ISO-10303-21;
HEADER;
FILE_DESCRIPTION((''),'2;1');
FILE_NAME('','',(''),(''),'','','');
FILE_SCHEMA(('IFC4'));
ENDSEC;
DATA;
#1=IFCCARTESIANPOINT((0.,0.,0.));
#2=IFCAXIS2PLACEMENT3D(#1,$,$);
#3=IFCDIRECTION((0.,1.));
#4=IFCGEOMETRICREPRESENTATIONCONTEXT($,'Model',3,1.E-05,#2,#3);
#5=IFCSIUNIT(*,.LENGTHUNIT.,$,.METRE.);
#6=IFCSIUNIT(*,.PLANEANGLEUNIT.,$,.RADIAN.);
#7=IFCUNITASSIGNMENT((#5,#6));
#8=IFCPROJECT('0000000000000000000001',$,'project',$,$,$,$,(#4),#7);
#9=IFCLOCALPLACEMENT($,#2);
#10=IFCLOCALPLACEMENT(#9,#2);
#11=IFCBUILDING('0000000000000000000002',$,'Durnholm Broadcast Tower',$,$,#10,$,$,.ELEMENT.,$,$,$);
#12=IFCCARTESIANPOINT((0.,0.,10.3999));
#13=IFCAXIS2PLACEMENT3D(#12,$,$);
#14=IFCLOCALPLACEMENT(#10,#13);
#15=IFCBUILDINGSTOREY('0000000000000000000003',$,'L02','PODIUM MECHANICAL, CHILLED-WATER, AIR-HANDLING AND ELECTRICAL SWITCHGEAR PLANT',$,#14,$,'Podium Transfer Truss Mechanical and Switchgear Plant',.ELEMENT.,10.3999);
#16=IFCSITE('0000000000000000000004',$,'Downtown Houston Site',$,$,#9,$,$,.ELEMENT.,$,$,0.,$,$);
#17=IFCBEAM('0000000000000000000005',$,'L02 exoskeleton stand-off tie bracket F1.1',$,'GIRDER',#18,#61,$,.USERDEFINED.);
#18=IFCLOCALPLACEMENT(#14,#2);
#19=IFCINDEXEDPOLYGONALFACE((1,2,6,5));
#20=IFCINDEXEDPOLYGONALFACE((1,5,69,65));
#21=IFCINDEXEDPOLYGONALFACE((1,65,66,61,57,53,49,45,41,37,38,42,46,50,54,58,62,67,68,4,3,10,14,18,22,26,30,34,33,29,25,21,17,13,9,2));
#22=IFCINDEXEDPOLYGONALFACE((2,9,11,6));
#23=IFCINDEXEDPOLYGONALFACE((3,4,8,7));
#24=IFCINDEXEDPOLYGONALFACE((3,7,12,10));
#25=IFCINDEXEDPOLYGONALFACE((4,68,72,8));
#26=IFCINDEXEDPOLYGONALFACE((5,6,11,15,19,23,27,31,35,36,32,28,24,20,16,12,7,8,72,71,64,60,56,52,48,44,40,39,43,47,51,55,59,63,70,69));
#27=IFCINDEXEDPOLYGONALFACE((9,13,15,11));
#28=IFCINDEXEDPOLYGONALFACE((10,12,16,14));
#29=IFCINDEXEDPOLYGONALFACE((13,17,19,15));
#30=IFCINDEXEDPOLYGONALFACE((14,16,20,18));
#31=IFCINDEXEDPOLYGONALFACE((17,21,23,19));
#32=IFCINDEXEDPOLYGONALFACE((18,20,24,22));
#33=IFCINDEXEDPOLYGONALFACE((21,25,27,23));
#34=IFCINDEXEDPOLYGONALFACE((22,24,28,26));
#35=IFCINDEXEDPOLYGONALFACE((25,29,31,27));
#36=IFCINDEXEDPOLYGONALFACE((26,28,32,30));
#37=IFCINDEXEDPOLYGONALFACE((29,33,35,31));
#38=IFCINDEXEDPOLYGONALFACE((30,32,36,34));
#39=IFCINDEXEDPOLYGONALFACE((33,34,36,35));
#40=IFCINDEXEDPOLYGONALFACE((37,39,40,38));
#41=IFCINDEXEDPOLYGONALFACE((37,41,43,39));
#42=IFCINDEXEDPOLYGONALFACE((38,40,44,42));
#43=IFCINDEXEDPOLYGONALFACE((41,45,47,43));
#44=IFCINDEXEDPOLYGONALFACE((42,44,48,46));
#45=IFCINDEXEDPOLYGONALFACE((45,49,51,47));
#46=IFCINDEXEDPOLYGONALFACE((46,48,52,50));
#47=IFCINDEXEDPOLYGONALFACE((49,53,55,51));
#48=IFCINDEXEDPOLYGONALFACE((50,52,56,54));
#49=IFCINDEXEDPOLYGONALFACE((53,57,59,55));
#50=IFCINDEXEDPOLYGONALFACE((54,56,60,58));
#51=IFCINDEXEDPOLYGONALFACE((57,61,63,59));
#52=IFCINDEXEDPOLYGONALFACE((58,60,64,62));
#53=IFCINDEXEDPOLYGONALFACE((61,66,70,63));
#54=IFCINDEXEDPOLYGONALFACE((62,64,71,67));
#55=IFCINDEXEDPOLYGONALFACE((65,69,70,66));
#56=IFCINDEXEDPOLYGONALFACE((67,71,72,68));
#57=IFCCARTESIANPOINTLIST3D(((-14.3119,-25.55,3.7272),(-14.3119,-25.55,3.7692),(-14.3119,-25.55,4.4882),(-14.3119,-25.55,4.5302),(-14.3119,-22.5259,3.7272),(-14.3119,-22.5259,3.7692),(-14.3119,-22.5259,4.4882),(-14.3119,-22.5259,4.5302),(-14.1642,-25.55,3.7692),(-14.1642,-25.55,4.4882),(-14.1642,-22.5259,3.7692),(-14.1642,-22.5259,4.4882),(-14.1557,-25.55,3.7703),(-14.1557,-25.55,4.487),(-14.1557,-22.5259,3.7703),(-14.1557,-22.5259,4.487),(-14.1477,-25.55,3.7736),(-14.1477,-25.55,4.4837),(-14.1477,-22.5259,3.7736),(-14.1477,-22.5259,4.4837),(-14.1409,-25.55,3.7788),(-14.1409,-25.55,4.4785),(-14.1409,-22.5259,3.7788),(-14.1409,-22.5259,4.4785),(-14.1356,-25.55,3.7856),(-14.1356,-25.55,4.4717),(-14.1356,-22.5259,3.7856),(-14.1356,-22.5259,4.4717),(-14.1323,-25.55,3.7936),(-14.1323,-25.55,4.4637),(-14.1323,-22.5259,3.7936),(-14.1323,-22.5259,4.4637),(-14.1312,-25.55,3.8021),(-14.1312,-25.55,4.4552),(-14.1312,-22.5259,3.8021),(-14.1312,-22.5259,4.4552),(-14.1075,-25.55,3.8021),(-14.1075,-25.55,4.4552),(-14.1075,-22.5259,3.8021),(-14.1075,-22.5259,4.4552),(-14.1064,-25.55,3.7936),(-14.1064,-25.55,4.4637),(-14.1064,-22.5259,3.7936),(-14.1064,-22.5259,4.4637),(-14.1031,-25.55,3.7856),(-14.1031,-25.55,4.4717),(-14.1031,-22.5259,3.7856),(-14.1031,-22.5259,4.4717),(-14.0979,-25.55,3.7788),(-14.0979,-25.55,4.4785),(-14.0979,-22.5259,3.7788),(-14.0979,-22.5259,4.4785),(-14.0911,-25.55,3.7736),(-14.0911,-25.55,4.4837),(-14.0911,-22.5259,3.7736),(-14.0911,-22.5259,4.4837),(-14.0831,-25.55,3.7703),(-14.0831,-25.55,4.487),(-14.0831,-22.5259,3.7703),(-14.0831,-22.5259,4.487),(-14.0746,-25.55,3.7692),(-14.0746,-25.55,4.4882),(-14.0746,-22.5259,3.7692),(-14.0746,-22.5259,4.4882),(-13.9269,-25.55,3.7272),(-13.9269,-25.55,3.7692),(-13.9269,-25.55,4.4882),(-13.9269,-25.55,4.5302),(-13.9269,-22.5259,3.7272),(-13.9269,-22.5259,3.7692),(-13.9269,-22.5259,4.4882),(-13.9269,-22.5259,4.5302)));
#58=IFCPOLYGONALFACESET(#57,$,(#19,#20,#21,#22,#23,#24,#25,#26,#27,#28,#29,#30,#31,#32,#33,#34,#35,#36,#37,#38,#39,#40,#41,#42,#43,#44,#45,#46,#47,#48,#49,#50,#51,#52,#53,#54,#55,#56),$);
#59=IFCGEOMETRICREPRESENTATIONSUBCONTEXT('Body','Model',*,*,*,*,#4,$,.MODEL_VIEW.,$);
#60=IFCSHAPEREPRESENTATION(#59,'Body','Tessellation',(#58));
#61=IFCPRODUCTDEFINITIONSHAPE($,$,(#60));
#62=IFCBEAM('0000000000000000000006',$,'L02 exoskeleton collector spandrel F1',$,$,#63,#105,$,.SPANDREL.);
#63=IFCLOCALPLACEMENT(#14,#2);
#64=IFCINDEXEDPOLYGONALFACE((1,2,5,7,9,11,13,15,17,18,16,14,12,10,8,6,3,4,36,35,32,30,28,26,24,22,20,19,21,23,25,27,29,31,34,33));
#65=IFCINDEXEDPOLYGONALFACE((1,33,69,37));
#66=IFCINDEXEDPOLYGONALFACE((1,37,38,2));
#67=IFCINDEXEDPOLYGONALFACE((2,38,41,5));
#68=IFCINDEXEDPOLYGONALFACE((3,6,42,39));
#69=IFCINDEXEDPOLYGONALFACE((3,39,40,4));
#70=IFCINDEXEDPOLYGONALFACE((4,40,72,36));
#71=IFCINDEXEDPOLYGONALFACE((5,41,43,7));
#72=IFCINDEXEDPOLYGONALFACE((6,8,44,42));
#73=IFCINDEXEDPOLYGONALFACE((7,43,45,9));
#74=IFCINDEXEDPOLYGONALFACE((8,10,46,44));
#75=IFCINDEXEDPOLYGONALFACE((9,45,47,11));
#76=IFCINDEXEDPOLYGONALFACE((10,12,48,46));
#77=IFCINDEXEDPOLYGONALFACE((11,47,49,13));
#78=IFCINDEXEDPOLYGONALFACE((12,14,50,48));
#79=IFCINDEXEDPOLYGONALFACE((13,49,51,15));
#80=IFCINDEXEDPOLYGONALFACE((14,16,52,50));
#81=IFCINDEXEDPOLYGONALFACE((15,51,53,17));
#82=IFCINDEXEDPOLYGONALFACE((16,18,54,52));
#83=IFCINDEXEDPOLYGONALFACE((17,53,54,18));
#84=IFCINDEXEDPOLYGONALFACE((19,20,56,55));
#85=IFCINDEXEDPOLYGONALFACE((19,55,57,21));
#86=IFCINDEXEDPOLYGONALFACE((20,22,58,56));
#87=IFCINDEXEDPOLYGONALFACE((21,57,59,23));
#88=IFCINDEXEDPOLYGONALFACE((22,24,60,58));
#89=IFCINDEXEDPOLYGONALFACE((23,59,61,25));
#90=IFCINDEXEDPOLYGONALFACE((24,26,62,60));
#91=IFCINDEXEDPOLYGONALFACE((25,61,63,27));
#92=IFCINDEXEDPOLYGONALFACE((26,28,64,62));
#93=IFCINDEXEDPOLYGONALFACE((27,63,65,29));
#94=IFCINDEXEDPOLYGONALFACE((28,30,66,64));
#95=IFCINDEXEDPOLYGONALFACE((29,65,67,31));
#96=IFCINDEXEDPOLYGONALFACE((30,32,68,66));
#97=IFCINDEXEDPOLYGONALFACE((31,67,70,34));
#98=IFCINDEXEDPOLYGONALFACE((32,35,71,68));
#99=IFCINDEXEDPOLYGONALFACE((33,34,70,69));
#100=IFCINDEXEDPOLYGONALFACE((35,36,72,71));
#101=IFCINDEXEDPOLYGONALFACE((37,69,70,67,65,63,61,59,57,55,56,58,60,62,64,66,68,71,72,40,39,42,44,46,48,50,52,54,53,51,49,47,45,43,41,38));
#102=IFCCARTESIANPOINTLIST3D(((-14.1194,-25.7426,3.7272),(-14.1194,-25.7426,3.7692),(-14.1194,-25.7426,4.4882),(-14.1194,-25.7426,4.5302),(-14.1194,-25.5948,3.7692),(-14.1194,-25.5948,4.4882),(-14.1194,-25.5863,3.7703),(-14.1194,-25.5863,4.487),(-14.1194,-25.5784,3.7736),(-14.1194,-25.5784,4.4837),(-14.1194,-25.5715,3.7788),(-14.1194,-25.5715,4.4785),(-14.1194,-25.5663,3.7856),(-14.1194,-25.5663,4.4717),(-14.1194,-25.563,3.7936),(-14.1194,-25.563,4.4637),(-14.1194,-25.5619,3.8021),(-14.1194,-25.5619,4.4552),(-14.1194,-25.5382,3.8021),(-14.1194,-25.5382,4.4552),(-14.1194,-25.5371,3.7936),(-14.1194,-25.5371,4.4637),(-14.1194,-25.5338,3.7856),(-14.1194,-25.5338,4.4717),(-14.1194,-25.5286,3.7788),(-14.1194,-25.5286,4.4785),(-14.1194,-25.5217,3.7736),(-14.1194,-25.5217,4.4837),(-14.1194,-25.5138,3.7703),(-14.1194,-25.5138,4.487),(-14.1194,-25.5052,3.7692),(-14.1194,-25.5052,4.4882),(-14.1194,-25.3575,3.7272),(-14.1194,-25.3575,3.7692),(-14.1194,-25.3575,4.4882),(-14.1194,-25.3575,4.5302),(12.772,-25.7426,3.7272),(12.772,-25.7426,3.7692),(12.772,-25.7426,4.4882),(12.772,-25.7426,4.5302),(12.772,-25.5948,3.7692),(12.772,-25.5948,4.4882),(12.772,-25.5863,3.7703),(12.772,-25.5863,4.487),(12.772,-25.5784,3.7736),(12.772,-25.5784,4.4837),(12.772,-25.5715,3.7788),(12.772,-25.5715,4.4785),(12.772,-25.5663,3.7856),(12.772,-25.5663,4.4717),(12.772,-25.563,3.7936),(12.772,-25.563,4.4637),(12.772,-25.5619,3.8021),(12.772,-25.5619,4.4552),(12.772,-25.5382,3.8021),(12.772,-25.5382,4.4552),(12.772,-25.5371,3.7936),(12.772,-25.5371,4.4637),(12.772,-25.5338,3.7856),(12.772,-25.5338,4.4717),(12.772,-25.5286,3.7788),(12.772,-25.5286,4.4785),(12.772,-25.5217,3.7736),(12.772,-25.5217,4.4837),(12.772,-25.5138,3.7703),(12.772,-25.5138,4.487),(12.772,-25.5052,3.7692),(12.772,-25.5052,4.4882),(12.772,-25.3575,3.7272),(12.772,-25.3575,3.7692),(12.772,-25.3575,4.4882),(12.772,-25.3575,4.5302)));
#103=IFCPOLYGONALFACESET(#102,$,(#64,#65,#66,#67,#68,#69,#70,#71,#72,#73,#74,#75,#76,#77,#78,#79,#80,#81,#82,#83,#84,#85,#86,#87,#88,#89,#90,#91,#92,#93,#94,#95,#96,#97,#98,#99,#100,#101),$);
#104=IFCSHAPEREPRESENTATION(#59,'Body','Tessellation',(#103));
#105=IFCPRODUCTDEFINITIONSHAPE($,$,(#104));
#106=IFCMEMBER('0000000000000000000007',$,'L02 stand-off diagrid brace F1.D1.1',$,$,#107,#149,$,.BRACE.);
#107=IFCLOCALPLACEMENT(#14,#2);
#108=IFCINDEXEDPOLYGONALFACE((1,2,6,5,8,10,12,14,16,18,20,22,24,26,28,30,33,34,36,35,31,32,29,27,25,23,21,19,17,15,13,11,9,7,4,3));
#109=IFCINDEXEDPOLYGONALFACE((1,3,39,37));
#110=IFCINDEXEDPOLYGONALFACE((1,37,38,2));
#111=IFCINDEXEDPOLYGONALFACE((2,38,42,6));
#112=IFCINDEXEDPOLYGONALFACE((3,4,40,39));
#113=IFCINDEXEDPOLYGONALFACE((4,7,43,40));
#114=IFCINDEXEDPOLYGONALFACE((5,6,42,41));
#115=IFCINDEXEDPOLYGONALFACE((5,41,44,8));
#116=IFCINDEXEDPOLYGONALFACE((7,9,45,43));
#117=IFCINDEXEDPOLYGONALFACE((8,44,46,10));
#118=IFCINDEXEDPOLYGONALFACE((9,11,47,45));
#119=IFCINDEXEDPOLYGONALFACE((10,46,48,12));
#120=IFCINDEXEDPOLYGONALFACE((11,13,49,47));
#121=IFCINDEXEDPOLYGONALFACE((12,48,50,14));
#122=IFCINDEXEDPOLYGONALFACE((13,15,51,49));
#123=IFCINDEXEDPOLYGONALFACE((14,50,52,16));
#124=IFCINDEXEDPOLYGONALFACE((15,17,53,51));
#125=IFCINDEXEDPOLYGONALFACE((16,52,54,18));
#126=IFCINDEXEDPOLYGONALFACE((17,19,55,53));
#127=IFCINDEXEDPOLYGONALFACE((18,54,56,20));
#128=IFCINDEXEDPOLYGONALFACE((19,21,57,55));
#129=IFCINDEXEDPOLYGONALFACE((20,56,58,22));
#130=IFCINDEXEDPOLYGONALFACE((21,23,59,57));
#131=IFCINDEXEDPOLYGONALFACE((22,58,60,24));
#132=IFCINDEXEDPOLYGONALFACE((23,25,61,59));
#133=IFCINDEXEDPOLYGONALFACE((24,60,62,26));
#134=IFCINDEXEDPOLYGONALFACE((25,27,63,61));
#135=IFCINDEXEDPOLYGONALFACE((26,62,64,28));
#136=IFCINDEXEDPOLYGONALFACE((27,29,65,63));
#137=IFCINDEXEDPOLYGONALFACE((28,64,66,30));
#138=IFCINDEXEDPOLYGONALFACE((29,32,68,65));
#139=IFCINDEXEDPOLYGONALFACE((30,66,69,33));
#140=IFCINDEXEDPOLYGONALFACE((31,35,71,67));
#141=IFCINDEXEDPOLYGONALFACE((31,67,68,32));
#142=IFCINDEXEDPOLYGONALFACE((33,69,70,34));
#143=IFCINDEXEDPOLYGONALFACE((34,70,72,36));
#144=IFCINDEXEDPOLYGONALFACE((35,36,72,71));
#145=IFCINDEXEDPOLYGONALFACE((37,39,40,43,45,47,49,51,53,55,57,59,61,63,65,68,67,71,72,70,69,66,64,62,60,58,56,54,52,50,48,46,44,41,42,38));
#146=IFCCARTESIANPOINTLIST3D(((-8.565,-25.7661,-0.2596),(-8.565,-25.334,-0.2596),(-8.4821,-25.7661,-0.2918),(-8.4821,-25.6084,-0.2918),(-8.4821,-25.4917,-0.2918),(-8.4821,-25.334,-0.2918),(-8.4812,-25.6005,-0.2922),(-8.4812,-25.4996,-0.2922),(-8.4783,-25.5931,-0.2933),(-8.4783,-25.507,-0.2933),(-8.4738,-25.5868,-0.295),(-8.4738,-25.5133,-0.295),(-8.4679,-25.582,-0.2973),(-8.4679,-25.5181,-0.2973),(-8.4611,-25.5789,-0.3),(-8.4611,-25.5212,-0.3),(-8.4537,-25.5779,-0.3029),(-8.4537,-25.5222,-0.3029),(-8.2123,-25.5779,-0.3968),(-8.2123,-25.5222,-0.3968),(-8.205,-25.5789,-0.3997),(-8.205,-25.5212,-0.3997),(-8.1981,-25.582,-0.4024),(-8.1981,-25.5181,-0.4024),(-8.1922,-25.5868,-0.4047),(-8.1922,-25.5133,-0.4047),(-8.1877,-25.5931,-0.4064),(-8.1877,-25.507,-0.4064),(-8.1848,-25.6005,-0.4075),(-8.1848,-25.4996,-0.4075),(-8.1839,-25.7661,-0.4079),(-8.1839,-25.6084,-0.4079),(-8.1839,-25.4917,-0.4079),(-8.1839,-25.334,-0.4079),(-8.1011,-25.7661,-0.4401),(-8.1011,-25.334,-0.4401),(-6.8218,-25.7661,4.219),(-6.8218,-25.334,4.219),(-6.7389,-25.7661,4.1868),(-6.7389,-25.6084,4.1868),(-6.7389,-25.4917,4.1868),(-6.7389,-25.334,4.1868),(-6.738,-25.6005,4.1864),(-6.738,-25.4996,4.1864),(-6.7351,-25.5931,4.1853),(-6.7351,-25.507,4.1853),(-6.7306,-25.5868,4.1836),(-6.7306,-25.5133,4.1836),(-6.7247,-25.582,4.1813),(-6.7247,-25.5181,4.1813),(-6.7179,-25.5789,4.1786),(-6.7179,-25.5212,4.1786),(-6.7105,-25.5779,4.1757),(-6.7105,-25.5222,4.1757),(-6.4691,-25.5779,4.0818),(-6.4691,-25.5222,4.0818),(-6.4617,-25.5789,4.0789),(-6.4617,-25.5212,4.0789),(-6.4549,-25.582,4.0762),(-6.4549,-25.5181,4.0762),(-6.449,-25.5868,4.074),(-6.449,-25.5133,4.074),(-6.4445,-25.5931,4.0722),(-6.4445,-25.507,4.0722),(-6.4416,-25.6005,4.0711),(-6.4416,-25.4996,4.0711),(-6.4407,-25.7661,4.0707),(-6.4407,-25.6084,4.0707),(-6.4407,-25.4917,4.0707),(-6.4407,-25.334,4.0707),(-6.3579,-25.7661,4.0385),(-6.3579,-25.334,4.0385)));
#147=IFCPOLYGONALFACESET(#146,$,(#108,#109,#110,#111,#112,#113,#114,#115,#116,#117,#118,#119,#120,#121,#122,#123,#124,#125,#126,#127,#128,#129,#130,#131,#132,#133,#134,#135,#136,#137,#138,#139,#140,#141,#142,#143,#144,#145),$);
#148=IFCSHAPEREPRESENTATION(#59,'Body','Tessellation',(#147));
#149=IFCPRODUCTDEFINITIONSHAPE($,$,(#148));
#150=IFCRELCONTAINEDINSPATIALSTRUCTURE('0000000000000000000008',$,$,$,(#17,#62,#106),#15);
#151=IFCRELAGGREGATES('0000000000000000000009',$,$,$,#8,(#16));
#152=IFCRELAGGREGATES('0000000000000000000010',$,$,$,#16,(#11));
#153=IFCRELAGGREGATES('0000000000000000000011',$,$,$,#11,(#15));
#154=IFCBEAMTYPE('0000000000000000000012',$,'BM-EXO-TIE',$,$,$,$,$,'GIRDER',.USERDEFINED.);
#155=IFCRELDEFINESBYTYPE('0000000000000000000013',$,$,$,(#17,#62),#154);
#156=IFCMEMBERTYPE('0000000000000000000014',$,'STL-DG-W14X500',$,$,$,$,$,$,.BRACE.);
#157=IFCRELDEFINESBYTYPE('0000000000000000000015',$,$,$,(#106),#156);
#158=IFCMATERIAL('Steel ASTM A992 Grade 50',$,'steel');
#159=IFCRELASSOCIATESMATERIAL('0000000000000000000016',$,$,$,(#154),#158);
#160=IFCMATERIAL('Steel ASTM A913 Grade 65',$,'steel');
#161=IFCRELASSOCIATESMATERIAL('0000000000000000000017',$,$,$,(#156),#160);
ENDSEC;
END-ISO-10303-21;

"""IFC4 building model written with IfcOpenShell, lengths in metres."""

from ifc_helpers import new_model, si_unit, direction, frame, origin, origin_2d, place, context, subcontext, project, spatial, i_section, extrude, source, transform, mapped, material, material_profile, profile_set, type_object, type_shapes, element, save


model = new_model("IFC4")

# Units and contexts
model_context = context("Model", 3, precision=1e-05, world=origin(), true_north=direction((0.0, 1.0)))
body_context = subcontext(model_context, "Body", "Model", "MODEL_VIEW")
ifc_project = project(units=[si_unit("LENGTHUNIT", "METRE"), si_unit("PLANEANGLEUNIT", "RADIAN")], contexts=[model_context])

# Site, building, storey
site_placement = place(None, origin())
site = spatial("IfcSite", under=ifc_project, at=site_placement, Name="Downtown Houston Site", CompositionType="ELEMENT", RefElevation=0.0)
building_placement = place(site_placement, origin())
building = spatial("IfcBuilding", under=site, at=building_placement, Name="Durnholm Broadcast Tower", CompositionType="ELEMENT")
storey_placement = place(building_placement, frame((0.0, 0.0, 10.3999)))
storey = spatial("IfcBuildingStorey", under=building, at=storey_placement, Name="L02", Description="PODIUM MECHANICAL, CHILLED-WATER, AIR-HANDLING AND ELECTRICAL SWITCHGEAR PLANT", LongName="Podium Transfer Truss Mechanical and Switchgear Plant", CompositionType="ELEMENT", Elevation=10.3999)

# Shared definitions
ifc_material_1 = material(Name="Steel ASTM A913 Grade 65", Category="steel")

# Shared definitions
ifc_material_2 = material(Name="Steel ASTM A992 Grade 50", Category="steel")

# Beams
ifc_material_profile_1 = material_profile(ifc_material_2, i_section(OverallWidth=0.385, OverallDepth=0.803, WebThickness=0.0237, FlangeThickness=0.042, FilletRadius=0.033, at=origin_2d()), Name="W30X261")
ifc_profile_set_1 = profile_set([ifc_material_profile_1], Name="Steel ASTM A992 Grade 50")
beam_type_1 = type_object("IfcBeamType", Name="BM-EXO-TIE", ElementType="GIRDER", PredefinedType="USERDEFINED", material=ifc_profile_set_1)
shared_shape_1 = source(origin(), body_context, "Body", "SweptSolid", [
    extrude(i_section(OverallWidth=0.385, OverallDepth=0.803, WebThickness=0.0237, FlangeThickness=0.042, FilletRadius=0.033, at=origin_2d()), origin(), (0.0, 0.0, 1.0), 3.0242),
])
beam_1_placement = place(storey_placement, frame((-14.1194, -22.5259, 4.1287), z_axis=(0.0, -1.0, 0.0), x_axis=(1.0, 0.0, 0.0)))
element("IfcBeam", 1, at=beam_1_placement, inside=storey, type_object=beam_type_1, Name="L02 exoskeleton stand-off tie bracket F1.1", ObjectType="GIRDER", PredefinedType="USERDEFINED", context=body_context, shape_type="MappedRepresentation", body=[
    mapped(shared_shape_1, transform((0.0, 0.0, 0.0), x_axis=(1.0, 0.0, 0.0), y_axis=(0.0, 1.0, 0.0), z_axis=(0.0, 0.0, 1.0), scale=1.0)),
])
shared_shape_2 = source(origin(), body_context, "Body", "SweptSolid", [
    extrude(i_section(OverallWidth=0.385, OverallDepth=0.803, WebThickness=0.0237, FlangeThickness=0.042, FilletRadius=0.033, at=origin_2d()), origin(), (0.0, 0.0, 1.0), 26.8914),
])
type_shapes(beam_type_1, [shared_shape_1, shared_shape_2])
beam_2_placement = place(storey_placement, frame((-14.1194, -25.55, 4.1287), z_axis=(1.0, 0.0, 0.0), x_axis=(0.0, 1.0, 0.0)))
element("IfcBeam", 2, at=beam_2_placement, inside=storey, type_object=beam_type_1, Name="L02 exoskeleton collector spandrel F1", PredefinedType="SPANDREL", context=body_context, shape_type="MappedRepresentation", body=[
    mapped(shared_shape_2, transform((0.0, 0.0, 0.0), x_axis=(1.0, 0.0, 0.0), y_axis=(0.0, 1.0, 0.0), z_axis=(0.0, 0.0, 1.0), scale=1.0)),
])

# Member
ifc_material_profile_2 = material_profile(ifc_material_1, i_section(OverallWidth=0.4321, OverallDepth=0.4978, WebThickness=0.0557, FlangeThickness=0.0889, FilletRadius=0.0305, at=origin_2d()), Name="W14X500")
ifc_profile_set_2 = profile_set([ifc_material_profile_2], Name="Steel ASTM A913 Grade 65")
member_type_1 = type_object("IfcMemberType", Name="STL-DG-W14X500", PredefinedType="BRACE", material=ifc_profile_set_2)
shared_shape_3 = source(origin(), body_context, "Body", "SweptSolid", [
    extrude(i_section(OverallWidth=0.4321, OverallDepth=0.4978, WebThickness=0.0557, FlangeThickness=0.0889, FilletRadius=0.0305, at=origin_2d()), origin(), (0.0, 0.0, 1.0), 4.8059),
])
member_1_placement = place(storey_placement, frame((-8.333, -25.55, -0.3499), z_axis=(0.362721, 0.0, 0.931898), x_axis=(0.0, 1.0, 0.0)))
element("IfcMember", 3, at=member_1_placement, inside=storey, type_object=member_type_1, Name="L02 stand-off diagrid brace F1.D1.1", PredefinedType="BRACE", context=body_context, shape_type="MappedRepresentation", body=[
    mapped(shared_shape_3, transform((0.0, 0.0, 0.0), x_axis=(1.0, 0.0, 0.0), y_axis=(0.0, 1.0, 0.0), z_axis=(0.0, 0.0, 1.0), scale=1.0)),
])

save(model, "model.ifc")
